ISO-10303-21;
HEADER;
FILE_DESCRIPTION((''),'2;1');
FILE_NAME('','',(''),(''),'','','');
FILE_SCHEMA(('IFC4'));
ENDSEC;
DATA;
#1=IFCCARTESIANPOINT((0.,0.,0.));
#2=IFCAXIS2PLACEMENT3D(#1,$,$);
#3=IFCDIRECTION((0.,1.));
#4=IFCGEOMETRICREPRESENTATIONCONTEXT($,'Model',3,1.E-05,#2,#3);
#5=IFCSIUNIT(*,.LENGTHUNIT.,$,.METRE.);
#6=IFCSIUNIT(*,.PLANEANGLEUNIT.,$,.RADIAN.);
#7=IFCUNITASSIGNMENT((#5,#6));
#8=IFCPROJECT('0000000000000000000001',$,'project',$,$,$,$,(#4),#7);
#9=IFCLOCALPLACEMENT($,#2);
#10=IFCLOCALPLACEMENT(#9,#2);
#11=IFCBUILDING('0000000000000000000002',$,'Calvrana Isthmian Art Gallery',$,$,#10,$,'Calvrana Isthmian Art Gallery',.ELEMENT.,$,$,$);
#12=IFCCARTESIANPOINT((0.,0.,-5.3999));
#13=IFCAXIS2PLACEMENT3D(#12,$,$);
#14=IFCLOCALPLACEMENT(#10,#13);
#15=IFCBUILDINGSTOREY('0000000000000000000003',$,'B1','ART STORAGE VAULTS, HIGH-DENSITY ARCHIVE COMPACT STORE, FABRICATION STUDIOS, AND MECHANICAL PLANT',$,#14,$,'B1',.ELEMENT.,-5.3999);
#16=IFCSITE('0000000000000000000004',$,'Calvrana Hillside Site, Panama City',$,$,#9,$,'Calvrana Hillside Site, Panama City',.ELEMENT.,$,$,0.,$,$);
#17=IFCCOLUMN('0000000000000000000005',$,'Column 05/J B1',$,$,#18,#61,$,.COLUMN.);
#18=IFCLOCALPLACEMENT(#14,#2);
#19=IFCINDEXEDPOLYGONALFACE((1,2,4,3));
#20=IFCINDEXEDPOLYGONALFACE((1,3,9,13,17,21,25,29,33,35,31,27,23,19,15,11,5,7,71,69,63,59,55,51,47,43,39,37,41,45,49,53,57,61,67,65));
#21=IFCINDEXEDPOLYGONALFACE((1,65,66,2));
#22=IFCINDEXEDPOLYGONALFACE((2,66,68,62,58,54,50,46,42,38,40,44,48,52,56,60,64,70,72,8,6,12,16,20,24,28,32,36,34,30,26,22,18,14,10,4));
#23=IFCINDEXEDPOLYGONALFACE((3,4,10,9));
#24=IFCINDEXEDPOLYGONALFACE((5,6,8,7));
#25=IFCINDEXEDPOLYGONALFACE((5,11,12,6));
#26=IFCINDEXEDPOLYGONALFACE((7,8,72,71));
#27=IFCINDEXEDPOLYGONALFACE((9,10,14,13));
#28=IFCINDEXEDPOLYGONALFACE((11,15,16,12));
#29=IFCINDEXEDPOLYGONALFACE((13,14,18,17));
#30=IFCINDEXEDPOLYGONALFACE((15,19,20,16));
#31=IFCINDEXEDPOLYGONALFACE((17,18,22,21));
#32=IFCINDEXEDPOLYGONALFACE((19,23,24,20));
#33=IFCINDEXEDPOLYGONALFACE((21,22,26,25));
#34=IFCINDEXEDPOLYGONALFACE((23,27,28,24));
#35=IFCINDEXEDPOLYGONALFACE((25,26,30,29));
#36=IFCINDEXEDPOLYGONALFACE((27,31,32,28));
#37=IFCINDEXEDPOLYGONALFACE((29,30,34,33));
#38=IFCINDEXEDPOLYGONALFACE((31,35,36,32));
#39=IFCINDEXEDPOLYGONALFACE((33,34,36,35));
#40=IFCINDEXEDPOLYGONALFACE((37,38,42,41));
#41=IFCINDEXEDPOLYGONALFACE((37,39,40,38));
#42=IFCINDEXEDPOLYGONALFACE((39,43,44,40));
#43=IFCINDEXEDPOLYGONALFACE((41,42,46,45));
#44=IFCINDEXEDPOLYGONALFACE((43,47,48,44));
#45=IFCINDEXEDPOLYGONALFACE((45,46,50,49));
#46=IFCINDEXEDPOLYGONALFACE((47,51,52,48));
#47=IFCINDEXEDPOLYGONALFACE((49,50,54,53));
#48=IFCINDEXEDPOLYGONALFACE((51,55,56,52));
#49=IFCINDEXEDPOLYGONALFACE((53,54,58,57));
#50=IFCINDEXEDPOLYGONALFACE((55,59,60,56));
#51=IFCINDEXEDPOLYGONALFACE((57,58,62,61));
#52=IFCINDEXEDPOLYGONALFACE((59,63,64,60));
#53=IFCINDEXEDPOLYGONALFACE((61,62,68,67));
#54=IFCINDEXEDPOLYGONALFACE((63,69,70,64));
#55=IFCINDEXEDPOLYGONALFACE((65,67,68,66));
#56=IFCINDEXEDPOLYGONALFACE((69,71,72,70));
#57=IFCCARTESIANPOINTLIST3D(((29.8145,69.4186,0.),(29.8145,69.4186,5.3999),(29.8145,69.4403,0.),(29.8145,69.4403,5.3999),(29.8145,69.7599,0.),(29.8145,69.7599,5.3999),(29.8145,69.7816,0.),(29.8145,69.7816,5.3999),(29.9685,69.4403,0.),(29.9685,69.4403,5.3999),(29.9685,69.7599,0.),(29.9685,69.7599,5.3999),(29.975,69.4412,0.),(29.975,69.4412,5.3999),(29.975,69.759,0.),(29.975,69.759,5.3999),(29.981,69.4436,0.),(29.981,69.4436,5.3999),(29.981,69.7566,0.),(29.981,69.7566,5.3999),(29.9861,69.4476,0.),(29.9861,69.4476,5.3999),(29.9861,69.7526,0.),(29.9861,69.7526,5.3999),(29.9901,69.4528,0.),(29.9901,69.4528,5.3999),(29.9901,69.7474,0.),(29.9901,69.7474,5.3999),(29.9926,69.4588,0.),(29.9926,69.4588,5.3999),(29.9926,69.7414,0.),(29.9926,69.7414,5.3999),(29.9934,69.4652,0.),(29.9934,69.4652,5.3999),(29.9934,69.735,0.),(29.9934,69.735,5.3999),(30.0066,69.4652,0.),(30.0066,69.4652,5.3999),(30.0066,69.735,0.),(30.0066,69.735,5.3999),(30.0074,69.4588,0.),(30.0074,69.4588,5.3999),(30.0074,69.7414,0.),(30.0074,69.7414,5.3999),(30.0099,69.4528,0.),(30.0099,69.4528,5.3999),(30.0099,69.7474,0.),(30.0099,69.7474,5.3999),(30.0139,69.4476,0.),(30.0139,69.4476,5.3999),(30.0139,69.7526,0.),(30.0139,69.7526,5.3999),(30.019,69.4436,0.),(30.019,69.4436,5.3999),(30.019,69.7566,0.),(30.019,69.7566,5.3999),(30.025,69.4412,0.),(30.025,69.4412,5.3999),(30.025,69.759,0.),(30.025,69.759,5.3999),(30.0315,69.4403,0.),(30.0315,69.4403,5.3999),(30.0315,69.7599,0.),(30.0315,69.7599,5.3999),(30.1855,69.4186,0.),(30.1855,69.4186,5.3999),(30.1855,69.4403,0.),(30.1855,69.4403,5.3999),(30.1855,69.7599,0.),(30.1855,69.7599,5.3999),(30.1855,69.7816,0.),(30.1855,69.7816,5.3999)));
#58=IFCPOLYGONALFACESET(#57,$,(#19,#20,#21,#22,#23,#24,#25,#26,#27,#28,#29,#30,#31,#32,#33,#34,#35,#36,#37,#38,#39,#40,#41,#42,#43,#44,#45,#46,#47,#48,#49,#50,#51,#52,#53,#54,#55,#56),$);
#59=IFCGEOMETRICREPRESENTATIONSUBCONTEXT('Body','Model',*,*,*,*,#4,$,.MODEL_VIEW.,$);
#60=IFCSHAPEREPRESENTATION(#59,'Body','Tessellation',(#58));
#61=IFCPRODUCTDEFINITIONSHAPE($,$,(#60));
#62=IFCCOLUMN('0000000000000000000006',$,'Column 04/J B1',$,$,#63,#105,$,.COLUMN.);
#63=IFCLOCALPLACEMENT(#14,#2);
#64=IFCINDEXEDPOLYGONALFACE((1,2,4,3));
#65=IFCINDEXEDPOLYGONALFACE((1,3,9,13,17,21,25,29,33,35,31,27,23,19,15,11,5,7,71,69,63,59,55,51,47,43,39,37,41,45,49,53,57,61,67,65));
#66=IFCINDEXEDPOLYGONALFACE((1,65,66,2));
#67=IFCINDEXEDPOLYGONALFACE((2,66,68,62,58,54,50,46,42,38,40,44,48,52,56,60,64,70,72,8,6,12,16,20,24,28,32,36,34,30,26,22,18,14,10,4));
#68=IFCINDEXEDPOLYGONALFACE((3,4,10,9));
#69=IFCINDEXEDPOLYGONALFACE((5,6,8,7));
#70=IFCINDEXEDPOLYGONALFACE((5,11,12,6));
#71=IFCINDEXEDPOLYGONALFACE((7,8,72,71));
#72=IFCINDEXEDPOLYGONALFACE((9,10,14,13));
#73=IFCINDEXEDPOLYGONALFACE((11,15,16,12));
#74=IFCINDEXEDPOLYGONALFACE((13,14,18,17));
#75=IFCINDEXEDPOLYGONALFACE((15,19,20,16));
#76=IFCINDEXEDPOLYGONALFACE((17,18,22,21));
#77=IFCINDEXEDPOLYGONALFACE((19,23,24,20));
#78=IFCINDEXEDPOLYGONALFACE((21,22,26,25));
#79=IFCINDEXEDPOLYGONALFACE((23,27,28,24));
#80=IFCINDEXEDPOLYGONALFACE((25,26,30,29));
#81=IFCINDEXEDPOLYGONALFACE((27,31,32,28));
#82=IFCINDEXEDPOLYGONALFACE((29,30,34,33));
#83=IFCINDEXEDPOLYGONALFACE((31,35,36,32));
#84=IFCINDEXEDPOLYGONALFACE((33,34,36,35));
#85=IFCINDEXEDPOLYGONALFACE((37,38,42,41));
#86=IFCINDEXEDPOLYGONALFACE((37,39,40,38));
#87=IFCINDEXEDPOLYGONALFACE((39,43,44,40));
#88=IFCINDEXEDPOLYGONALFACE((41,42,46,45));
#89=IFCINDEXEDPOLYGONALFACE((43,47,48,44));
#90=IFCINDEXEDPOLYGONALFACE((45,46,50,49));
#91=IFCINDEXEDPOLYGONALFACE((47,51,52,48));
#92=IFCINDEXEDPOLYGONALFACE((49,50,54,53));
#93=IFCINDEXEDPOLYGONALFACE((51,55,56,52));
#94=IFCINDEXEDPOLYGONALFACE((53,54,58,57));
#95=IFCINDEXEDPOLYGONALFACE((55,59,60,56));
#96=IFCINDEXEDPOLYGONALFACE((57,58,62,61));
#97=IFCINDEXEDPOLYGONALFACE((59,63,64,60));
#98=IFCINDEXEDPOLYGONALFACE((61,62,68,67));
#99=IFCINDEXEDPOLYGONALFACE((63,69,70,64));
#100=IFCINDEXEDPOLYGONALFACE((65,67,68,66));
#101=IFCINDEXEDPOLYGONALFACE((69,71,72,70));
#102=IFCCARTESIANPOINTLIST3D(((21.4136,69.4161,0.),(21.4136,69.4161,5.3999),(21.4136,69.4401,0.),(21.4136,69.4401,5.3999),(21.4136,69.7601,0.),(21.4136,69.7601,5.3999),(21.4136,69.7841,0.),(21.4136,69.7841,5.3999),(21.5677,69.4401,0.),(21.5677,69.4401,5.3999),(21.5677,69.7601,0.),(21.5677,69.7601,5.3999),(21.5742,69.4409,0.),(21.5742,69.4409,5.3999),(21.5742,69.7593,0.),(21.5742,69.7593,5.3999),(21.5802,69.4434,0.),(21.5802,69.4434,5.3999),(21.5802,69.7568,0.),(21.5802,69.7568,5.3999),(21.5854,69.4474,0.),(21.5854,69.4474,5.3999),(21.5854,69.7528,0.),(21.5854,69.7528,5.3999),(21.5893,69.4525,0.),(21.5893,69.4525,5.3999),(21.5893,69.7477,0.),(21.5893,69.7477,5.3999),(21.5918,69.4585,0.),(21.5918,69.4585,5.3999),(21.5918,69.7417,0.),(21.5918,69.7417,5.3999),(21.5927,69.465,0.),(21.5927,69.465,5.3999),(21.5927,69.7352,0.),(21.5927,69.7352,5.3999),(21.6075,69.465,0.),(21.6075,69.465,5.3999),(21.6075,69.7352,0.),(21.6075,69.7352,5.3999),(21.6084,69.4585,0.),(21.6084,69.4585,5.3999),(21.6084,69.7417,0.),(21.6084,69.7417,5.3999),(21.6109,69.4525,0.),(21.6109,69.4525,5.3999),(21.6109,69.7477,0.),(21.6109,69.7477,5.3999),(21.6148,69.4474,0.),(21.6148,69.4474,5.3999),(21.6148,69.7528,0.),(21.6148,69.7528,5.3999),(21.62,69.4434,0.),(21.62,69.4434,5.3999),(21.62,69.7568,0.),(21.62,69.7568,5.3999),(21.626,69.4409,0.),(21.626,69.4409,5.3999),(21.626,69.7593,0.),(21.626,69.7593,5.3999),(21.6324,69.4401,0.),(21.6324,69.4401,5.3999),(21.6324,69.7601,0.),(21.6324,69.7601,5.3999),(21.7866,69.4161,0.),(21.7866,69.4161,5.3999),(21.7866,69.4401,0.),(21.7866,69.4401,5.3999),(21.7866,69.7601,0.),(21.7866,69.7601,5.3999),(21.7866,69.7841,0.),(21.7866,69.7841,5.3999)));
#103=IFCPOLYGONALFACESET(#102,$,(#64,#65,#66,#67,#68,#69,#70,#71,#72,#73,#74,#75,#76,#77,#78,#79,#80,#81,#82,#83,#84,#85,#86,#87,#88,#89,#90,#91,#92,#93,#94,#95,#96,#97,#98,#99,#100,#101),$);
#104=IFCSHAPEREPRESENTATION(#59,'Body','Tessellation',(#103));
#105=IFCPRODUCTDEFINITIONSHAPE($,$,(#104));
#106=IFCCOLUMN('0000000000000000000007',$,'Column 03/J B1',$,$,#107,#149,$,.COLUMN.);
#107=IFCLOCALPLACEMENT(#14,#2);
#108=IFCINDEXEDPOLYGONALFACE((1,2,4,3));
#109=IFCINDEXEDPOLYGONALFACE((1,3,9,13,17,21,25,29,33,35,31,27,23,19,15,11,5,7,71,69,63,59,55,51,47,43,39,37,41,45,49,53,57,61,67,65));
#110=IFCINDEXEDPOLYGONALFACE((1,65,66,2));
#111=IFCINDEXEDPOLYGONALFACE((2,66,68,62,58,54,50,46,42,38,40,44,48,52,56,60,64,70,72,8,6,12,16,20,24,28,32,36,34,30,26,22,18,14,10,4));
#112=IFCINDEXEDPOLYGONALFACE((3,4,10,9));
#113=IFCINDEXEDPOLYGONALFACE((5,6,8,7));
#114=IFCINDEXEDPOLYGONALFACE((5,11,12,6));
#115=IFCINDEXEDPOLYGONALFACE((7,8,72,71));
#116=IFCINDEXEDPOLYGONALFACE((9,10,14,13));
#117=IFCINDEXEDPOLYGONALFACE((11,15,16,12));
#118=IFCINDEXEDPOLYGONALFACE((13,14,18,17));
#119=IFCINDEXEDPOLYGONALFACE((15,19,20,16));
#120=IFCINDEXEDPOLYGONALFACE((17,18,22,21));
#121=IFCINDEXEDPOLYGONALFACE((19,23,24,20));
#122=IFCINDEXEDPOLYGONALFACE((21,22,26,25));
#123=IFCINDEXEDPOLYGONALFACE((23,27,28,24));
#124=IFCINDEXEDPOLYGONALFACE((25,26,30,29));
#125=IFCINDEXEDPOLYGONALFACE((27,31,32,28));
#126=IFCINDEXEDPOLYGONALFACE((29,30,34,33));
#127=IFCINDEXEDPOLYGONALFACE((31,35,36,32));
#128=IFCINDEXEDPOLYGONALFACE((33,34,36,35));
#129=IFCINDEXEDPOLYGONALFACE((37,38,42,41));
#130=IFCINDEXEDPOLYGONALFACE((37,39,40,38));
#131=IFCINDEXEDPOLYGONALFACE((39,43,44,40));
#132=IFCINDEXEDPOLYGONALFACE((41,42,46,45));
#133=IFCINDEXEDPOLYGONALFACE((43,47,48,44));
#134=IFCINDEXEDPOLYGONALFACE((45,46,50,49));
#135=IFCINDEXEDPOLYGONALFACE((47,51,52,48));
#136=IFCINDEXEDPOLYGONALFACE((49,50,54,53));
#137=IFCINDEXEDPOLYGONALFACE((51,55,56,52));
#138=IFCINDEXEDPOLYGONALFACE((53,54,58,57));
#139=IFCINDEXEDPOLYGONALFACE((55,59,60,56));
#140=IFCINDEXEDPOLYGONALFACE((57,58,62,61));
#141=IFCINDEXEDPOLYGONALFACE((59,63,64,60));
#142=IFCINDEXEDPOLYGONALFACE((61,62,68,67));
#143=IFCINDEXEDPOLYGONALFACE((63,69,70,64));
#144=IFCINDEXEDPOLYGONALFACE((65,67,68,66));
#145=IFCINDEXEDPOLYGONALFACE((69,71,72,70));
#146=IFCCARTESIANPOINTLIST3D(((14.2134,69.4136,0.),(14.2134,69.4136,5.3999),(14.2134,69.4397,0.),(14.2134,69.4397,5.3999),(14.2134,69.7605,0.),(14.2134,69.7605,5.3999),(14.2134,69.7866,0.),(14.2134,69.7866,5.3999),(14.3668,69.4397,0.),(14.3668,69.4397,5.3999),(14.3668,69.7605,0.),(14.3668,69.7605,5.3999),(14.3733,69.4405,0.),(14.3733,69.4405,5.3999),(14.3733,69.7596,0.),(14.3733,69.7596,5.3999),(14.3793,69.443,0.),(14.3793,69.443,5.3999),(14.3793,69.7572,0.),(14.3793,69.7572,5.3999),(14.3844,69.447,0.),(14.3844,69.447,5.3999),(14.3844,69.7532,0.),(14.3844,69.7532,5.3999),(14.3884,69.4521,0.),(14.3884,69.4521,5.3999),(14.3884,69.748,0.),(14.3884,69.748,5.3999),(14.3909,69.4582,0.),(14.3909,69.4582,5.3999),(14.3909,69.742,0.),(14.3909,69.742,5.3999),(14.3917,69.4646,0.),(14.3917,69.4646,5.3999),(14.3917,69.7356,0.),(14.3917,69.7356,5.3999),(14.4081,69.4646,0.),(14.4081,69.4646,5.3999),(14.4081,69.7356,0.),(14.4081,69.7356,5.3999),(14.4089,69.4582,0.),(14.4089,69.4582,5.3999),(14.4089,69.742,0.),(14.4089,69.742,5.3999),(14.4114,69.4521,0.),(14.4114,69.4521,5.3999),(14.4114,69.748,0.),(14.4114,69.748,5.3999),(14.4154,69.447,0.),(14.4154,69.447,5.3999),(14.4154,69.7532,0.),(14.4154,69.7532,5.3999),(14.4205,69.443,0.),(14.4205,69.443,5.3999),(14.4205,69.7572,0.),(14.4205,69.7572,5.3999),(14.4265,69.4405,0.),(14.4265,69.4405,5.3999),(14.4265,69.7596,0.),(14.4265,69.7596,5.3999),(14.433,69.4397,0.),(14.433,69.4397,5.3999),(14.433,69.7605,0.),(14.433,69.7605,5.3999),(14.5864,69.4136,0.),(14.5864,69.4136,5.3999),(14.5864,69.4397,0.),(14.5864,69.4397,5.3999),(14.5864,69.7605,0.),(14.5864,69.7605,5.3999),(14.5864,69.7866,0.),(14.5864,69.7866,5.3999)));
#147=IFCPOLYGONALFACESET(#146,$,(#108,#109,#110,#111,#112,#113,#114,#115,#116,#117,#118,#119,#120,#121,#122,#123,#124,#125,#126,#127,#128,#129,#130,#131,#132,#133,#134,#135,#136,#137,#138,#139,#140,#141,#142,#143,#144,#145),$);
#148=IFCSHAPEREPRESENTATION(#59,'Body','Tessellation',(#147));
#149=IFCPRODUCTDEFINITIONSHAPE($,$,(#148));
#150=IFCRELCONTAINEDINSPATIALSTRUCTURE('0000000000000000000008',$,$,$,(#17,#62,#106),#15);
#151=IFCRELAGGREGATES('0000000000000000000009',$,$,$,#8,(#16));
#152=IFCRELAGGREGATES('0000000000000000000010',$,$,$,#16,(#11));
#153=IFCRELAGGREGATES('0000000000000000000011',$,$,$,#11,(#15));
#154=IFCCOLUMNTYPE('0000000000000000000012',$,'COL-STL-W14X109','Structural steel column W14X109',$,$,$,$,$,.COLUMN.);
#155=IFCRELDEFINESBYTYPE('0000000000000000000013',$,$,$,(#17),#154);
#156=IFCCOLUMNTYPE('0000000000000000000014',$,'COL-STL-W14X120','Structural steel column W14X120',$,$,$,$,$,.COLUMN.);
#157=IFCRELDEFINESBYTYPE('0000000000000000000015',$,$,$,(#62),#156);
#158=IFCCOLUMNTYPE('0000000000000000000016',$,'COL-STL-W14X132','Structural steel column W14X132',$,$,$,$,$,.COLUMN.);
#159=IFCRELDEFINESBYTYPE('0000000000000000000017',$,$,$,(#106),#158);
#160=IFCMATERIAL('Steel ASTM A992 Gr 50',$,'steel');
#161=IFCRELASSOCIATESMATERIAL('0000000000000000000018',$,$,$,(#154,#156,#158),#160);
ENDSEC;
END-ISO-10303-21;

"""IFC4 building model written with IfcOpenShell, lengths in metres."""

from ifc_helpers import new_model, si_unit, direction, frame, origin, origin_2d, place, context, subcontext, project, spatial, i_section, extrude, material, material_profile, profile_set, type_object, element, save


model = new_model("IFC4")

# Units and contexts
model_context = context("Model", 3, precision=1e-05, world=origin(), true_north=direction((0.0, 1.0)))
body_context = subcontext(model_context, "Body", "Model", "MODEL_VIEW")
ifc_project = project(units=[si_unit("LENGTHUNIT", "METRE"), si_unit("PLANEANGLEUNIT", "RADIAN")], contexts=[model_context])

# Site, building, storey
site_placement = place(None, origin())
site = spatial("IfcSite", under=ifc_project, at=site_placement, Name="Calvrana Hillside Site, Panama City", LongName="Calvrana Hillside Site, Panama City", CompositionType="ELEMENT", RefElevation=0.0)
building_placement = place(site_placement, origin())
building = spatial("IfcBuilding", under=site, at=building_placement, Name="Calvrana Isthmian Art Gallery", LongName="Calvrana Isthmian Art Gallery", CompositionType="ELEMENT")
storey_placement = place(building_placement, frame((0.0, 0.0, -5.3999)))
storey = spatial("IfcBuildingStorey", under=building, at=storey_placement, Name="B1", Description="ART STORAGE VAULTS, HIGH-DENSITY ARCHIVE COMPACT STORE, FABRICATION STUDIOS, AND MECHANICAL PLANT", LongName="B1", CompositionType="ELEMENT", Elevation=-5.3999)

# Columns
ifc_material_1 = material(Name="Steel ASTM A992 Gr 50", Category="steel")
ifc_material_profile_1 = material_profile(ifc_material_1, i_section(OverallWidth=0.3711, OverallDepth=0.363, WebThickness=0.0132, FlangeThickness=0.0217, FilletRadius=0.0249, at=origin_2d()), Name="W14X109")
ifc_profile_set_1 = profile_set([ifc_material_profile_1], Name="Steel ASTM A992 Gr 50")
column_type_1 = type_object("IfcColumnType", Name="COL-STL-W14X109", Description="Structural steel column W14X109", PredefinedType="COLUMN", material=ifc_profile_set_1)
for number, where, z_axis, x_axis, name in (
    (1, (30.0, 69.6001, 0.0), (0.0, 0.0, 1.0), (1.0, 0.0, 0.0), "Column 05/J B1"),
):
    element("IfcColumn", number, at=place(storey_placement, frame(where, z_axis=z_axis, x_axis=x_axis)), inside=storey, type_object=column_type_1, Name=name, PredefinedType="COLUMN", context=body_context, shape_type="SweptSolid", body=[
        extrude(i_section(OverallWidth=0.3711, OverallDepth=0.363, WebThickness=0.0132, FlangeThickness=0.0217, FilletRadius=0.0249, at=origin_2d()), origin(), (0.0, 0.0, 1.0), 5.3999),
    ])
ifc_material_profile_2 = material_profile(ifc_material_1, i_section(OverallWidth=0.373, OverallDepth=0.3679, WebThickness=0.0149, FlangeThickness=0.0239, FilletRadius=0.0249, at=origin_2d()), Name="W14X120")
ifc_profile_set_2 = profile_set([ifc_material_profile_2], Name="Steel ASTM A992 Gr 50")
column_type_2 = type_object("IfcColumnType", Name="COL-STL-W14X120", Description="Structural steel column W14X120", PredefinedType="COLUMN", material=ifc_profile_set_2)
column_1_placement = place(storey_placement, frame((21.6001, 69.6001, 0.0), z_axis=(0.0, 0.0, 1.0), x_axis=(1.0, 0.0, 0.0)))
element("IfcColumn", 2, at=column_1_placement, inside=storey, type_object=column_type_2, Name="Column 04/J B1", PredefinedType="COLUMN", context=body_context, shape_type="SweptSolid", body=[
    extrude(i_section(OverallWidth=0.373, OverallDepth=0.3679, WebThickness=0.0149, FlangeThickness=0.0239, FilletRadius=0.0249, at=origin_2d()), origin(), (0.0, 0.0, 1.0), 5.3999),
])
ifc_material_profile_3 = material_profile(ifc_material_1, i_section(OverallWidth=0.373, OverallDepth=0.373, WebThickness=0.0164, FlangeThickness=0.0261, FilletRadius=0.0249, at=origin_2d()), Name="W14X132")
ifc_profile_set_3 = profile_set([ifc_material_profile_3], Name="Steel ASTM A992 Gr 50")
column_type_3 = type_object("IfcColumnType", Name="COL-STL-W14X132", Description="Structural steel column W14X132", PredefinedType="COLUMN", material=ifc_profile_set_3)
column_2_placement = place(storey_placement, frame((14.3999, 69.6001, 0.0), z_axis=(0.0, 0.0, 1.0), x_axis=(1.0, 0.0, 0.0)))
element("IfcColumn", 3, at=column_2_placement, inside=storey, type_object=column_type_3, Name="Column 03/J B1", PredefinedType="COLUMN", context=body_context, shape_type="SweptSolid", body=[
    extrude(i_section(OverallWidth=0.373, OverallDepth=0.373, WebThickness=0.0164, FlangeThickness=0.0261, FilletRadius=0.0249, at=origin_2d()), origin(), (0.0, 0.0, 1.0), 5.3999),
])

save(model, "model.ifc")
